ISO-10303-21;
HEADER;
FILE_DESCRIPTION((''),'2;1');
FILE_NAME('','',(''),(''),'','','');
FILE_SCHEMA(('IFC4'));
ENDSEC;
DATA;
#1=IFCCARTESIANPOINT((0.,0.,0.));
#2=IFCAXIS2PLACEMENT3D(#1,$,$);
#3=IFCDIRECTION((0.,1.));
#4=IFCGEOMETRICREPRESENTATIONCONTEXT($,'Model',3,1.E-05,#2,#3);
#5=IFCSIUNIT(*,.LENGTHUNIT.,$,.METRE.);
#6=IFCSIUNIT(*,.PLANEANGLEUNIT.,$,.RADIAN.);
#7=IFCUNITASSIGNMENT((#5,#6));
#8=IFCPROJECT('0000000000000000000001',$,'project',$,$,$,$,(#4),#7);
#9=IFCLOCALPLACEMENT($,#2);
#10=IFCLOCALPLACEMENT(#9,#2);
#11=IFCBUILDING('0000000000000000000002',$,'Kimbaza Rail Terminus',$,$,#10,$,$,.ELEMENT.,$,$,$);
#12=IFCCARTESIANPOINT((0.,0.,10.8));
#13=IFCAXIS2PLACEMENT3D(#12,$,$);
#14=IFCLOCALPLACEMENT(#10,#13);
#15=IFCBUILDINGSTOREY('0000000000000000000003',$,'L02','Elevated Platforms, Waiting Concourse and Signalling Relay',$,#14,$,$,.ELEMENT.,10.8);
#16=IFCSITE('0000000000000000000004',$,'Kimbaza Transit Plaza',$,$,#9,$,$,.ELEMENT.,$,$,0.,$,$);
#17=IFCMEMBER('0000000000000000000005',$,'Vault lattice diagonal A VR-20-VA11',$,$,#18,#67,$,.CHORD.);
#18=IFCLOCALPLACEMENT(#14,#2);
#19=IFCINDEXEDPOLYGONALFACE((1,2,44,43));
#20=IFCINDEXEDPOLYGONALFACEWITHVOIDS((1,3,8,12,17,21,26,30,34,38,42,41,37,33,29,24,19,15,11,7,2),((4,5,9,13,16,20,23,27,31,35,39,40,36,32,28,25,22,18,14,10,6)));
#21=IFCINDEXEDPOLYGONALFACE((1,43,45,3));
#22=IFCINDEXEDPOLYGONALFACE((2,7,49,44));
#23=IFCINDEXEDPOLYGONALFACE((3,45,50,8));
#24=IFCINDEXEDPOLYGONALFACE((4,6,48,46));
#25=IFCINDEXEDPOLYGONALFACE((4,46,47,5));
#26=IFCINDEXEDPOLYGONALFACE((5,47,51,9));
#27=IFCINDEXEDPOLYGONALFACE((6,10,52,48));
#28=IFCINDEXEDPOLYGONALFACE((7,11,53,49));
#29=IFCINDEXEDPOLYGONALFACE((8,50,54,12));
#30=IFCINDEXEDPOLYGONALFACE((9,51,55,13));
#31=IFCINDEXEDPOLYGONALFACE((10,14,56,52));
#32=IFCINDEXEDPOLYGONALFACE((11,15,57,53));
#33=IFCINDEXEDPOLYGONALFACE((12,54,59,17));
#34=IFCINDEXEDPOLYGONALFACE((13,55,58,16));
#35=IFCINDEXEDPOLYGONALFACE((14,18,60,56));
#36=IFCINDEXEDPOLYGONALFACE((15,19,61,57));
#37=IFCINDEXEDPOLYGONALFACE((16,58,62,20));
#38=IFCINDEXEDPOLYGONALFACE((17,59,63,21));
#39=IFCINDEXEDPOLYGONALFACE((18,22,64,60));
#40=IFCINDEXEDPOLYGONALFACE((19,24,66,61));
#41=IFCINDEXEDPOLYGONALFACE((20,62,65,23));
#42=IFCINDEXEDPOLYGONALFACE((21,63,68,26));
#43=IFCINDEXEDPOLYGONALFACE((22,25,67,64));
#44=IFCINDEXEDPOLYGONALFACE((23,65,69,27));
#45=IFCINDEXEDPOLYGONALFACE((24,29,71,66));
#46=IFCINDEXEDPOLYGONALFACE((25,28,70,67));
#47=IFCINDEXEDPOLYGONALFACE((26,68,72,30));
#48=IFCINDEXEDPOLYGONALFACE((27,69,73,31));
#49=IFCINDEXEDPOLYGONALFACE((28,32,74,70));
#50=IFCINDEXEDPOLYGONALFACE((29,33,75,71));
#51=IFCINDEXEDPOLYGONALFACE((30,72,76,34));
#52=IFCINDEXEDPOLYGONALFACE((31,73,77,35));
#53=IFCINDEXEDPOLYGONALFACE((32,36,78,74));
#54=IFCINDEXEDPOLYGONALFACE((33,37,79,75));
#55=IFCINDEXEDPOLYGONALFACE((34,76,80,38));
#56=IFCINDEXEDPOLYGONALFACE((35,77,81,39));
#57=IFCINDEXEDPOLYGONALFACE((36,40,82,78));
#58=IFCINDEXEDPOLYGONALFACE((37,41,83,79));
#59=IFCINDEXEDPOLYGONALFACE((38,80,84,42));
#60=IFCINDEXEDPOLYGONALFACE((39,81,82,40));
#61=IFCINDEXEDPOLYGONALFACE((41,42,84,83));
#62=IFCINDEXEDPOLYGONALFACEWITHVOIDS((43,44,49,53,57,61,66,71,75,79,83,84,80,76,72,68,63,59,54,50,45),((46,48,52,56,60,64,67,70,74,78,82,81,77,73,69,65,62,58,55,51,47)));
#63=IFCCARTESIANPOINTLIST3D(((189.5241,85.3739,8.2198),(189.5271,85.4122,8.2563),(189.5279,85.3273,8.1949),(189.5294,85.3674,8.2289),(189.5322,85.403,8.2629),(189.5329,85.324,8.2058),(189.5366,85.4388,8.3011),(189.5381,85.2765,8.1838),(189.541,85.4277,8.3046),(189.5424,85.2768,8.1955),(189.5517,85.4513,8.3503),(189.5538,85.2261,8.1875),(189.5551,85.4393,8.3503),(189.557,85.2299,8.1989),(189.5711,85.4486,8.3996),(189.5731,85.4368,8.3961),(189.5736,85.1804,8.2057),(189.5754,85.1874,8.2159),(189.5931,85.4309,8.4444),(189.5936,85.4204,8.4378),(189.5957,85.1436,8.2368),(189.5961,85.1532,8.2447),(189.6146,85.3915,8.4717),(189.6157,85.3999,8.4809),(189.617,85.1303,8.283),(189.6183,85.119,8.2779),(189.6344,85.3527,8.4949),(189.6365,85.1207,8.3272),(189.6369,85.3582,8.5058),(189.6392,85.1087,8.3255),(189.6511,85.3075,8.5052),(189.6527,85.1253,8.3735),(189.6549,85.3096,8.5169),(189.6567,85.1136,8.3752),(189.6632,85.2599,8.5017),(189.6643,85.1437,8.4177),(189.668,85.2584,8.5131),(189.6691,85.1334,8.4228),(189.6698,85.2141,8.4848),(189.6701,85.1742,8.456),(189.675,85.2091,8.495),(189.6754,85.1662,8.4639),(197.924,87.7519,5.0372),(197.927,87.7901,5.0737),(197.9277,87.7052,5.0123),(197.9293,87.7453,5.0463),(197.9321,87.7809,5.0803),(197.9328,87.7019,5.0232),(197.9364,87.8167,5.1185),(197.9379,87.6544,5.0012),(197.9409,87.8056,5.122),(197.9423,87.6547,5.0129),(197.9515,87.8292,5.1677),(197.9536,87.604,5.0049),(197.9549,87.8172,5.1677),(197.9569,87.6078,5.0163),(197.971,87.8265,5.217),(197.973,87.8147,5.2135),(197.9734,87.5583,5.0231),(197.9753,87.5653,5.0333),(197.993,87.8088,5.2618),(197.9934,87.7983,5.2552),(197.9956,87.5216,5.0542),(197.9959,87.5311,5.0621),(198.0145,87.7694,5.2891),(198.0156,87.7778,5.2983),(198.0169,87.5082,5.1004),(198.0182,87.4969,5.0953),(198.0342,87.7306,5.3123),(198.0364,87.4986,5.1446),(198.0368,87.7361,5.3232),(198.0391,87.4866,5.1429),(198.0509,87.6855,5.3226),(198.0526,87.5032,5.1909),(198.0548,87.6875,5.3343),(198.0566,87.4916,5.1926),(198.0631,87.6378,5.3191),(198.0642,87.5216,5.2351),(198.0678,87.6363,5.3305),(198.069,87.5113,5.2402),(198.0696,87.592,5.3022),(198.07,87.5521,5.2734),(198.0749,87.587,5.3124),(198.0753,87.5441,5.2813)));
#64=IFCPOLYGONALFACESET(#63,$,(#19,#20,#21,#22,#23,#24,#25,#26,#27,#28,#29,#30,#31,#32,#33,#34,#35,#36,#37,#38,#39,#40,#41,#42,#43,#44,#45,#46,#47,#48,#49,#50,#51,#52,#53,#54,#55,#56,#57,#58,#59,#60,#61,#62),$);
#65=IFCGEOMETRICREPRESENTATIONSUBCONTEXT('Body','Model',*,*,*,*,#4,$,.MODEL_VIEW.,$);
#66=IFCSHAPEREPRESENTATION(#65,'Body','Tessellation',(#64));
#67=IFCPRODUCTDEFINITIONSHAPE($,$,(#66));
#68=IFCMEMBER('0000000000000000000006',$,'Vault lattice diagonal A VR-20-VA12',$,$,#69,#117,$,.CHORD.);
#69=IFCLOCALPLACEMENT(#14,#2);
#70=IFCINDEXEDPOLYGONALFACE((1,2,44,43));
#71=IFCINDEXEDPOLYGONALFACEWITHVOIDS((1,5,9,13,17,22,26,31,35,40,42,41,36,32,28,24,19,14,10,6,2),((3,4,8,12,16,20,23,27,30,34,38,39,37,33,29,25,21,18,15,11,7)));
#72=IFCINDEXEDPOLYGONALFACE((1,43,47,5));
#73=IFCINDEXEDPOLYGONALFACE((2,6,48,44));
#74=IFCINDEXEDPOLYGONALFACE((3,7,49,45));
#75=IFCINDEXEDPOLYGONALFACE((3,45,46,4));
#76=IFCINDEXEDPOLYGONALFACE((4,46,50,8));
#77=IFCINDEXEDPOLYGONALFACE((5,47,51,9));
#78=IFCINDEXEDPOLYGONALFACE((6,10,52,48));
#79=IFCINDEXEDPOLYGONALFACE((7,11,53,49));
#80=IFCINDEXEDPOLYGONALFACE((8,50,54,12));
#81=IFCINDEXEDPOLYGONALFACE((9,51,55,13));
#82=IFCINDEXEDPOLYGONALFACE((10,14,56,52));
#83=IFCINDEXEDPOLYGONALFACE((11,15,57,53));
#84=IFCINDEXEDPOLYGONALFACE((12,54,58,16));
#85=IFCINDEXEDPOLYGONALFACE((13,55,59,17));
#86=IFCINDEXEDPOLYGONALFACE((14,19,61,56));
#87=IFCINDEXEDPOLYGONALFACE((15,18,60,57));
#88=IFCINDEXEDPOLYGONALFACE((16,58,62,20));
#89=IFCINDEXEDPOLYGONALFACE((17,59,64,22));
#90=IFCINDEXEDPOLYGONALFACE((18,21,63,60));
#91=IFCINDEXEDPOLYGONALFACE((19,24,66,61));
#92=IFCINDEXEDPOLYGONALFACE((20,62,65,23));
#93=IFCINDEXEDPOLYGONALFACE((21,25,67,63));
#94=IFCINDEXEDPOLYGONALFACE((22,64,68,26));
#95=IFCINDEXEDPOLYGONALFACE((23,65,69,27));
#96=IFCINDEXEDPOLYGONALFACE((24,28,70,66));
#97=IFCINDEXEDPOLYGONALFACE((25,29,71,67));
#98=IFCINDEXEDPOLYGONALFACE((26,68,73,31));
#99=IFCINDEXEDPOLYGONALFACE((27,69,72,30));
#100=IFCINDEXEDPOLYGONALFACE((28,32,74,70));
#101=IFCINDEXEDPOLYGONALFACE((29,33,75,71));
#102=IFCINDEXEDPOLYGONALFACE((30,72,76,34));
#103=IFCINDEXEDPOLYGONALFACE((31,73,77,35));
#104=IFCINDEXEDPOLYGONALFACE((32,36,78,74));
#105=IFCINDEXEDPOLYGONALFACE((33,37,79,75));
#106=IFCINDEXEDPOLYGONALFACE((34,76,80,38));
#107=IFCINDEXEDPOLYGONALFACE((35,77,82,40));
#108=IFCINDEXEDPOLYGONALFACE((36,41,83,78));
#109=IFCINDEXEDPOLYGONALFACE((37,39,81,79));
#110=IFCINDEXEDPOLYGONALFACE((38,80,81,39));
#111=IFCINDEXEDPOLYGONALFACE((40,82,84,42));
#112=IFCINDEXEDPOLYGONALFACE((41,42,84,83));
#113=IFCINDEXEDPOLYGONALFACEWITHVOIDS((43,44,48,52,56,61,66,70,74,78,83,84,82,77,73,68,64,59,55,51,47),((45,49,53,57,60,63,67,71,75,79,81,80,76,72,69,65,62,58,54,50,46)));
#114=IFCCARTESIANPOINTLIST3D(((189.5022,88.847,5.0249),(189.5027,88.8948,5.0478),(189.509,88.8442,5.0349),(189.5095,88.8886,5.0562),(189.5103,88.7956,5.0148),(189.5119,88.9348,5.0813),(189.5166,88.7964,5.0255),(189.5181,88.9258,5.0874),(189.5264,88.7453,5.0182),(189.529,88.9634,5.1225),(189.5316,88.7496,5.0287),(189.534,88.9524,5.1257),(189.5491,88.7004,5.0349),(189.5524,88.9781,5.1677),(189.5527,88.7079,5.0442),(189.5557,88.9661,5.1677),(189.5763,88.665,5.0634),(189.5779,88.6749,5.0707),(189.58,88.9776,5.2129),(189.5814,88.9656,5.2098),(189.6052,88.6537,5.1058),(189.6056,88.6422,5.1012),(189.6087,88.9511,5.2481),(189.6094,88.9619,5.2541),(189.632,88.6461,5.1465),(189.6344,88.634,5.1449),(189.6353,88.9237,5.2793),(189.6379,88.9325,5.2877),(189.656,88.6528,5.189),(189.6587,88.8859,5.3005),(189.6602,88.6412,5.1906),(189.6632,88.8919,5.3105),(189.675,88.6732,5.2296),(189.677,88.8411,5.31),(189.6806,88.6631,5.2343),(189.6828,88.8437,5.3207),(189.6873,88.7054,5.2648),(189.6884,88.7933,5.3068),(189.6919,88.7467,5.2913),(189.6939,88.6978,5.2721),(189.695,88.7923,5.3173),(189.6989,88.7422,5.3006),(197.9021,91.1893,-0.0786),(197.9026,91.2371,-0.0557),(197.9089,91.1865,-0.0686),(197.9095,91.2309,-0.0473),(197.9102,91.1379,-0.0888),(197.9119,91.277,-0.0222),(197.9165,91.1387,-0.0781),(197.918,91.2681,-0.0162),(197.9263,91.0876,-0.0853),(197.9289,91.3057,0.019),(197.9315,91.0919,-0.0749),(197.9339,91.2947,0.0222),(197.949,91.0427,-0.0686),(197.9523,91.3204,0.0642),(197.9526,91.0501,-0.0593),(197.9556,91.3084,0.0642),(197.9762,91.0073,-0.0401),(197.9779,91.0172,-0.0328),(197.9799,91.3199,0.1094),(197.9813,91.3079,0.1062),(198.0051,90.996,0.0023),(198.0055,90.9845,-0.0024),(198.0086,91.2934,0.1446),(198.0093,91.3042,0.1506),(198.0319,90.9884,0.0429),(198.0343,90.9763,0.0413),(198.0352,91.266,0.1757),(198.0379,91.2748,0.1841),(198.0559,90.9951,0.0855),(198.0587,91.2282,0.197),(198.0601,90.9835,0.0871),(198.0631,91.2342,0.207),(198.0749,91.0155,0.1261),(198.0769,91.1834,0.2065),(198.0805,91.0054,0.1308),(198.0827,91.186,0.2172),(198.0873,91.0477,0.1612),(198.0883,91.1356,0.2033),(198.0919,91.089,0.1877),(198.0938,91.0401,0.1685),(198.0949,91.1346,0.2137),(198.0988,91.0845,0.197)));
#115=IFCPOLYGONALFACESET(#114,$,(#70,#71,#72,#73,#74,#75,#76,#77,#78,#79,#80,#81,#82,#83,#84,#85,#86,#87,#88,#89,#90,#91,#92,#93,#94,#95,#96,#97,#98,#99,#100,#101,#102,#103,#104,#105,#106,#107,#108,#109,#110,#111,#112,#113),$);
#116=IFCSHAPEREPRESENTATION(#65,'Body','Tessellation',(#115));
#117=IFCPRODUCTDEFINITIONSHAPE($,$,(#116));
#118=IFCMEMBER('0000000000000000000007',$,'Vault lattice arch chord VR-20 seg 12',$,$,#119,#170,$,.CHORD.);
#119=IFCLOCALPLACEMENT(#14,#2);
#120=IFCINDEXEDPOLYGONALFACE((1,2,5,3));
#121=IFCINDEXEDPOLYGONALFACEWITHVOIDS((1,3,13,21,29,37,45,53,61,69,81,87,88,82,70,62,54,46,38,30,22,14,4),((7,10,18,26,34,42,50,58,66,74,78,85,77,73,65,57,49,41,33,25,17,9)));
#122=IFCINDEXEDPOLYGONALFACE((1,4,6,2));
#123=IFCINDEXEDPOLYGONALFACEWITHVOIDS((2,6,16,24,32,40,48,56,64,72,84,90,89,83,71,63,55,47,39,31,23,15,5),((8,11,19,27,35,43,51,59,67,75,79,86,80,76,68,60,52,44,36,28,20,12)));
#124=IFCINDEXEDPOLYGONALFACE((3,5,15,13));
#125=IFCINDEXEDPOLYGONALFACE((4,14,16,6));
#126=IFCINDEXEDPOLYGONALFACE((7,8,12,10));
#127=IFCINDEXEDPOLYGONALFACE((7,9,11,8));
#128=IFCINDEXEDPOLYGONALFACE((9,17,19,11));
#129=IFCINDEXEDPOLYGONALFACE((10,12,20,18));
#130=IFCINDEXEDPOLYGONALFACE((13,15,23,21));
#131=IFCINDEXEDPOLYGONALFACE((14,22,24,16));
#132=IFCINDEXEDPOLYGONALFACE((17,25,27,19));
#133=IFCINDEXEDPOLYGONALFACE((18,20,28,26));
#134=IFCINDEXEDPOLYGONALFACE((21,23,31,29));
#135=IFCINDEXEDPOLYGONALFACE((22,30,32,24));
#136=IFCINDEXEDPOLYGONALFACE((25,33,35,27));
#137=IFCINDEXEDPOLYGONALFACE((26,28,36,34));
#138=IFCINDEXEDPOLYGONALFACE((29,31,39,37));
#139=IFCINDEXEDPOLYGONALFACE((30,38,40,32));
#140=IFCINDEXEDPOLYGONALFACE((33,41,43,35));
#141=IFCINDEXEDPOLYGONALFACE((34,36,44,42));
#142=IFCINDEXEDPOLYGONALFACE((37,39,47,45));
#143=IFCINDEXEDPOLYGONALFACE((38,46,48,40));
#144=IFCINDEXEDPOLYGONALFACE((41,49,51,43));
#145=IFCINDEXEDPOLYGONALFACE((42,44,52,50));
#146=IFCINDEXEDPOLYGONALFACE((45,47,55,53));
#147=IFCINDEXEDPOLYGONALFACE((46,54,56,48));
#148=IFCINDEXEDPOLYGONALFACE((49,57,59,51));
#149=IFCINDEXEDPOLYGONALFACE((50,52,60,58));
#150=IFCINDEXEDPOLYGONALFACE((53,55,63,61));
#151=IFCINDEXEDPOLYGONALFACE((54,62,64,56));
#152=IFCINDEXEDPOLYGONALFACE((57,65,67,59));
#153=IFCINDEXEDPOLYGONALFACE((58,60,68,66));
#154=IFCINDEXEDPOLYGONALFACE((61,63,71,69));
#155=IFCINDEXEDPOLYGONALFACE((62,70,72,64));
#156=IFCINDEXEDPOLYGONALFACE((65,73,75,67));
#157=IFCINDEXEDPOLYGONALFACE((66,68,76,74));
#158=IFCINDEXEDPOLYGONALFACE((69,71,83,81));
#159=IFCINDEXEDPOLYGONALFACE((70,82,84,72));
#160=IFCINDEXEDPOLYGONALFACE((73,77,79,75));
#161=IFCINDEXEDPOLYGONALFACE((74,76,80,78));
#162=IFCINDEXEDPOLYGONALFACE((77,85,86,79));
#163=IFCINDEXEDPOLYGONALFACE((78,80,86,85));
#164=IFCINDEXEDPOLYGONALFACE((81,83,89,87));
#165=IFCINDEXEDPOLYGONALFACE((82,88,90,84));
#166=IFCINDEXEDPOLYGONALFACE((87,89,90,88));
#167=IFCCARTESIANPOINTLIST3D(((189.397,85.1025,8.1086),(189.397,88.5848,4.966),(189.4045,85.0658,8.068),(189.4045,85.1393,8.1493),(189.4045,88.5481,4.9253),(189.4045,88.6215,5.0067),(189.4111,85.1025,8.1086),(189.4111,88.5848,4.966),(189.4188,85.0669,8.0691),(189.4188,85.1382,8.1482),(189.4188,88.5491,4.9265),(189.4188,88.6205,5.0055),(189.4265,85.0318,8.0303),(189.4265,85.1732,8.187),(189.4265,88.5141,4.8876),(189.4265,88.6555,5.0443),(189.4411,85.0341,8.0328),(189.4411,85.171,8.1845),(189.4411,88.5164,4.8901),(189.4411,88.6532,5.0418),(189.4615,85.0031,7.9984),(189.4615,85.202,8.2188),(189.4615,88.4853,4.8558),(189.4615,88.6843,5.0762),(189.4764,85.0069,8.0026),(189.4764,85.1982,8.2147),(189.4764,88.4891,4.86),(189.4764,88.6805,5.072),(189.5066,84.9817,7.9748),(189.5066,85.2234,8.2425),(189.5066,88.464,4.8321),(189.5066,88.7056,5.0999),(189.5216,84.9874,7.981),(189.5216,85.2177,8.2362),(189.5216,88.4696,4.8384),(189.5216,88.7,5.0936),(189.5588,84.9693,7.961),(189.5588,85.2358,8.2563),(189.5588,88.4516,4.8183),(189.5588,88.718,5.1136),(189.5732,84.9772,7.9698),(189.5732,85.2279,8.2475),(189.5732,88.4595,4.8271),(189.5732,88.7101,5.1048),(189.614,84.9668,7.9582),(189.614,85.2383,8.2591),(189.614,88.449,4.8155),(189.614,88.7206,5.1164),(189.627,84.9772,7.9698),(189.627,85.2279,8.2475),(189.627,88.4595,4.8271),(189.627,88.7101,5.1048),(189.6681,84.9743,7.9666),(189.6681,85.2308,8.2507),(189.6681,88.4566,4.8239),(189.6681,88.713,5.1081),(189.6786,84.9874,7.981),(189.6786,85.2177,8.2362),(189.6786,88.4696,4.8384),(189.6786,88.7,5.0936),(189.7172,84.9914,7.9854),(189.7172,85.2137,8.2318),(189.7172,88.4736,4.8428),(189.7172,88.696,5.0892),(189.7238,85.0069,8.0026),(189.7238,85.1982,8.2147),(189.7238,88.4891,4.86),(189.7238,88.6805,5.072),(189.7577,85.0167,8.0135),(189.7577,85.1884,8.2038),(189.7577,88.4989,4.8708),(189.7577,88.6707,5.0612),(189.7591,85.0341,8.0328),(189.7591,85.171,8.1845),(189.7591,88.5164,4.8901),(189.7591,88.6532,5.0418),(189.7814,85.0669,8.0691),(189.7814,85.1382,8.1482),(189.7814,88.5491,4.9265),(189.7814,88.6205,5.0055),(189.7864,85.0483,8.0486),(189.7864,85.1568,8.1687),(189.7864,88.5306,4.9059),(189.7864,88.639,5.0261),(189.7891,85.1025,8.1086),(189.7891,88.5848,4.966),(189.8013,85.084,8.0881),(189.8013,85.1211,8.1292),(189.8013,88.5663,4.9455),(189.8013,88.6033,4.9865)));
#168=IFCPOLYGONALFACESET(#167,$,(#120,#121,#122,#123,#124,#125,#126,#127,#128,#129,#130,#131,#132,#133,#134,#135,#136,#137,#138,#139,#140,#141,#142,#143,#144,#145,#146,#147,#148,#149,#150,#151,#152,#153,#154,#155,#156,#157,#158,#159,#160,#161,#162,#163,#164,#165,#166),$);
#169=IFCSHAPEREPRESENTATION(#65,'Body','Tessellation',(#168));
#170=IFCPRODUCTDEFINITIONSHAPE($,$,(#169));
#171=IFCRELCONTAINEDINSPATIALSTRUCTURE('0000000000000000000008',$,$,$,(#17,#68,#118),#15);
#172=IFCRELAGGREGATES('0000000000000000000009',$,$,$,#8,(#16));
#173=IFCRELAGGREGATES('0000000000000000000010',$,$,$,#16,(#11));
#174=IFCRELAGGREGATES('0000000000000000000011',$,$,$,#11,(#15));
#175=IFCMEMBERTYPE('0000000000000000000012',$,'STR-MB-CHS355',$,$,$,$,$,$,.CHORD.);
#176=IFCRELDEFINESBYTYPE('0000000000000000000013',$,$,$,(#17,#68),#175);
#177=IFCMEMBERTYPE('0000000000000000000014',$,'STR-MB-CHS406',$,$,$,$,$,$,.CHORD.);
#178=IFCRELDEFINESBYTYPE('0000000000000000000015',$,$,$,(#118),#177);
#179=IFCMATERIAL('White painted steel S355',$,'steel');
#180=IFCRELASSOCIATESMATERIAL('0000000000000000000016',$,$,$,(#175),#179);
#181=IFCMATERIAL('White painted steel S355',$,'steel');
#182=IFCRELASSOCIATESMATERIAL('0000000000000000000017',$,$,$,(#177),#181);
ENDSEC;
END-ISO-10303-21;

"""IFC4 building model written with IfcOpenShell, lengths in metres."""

from ifc_helpers import new_model, si_unit, direction, frame, origin, origin_2d, place, context, subcontext, project, spatial, hollow_circle, extrude, material, material_profile, profile_set, type_object, element, save


model = new_model("IFC4")

# Units and contexts
model_context = context("Model", 3, precision=1e-05, world=origin(), true_north=direction((0.0, 1.0)))
body_context = subcontext(model_context, "Body", "Model", "MODEL_VIEW")
ifc_project = project(units=[si_unit("LENGTHUNIT", "METRE"), si_unit("PLANEANGLEUNIT", "RADIAN")], contexts=[model_context])

# Site, building, storey
site_placement = place(None, origin())
site = spatial("IfcSite", under=ifc_project, at=site_placement, Name="Kimbaza Transit Plaza", CompositionType="ELEMENT", RefElevation=0.0)
building_placement = place(site_placement, origin())
building = spatial("IfcBuilding", under=site, at=building_placement, Name="Kimbaza Rail Terminus", CompositionType="ELEMENT")
storey_placement = place(building_placement, frame((0.0, 0.0, 10.8)))
storey = spatial("IfcBuildingStorey", under=building, at=storey_placement, Name="L02", Description="Elevated Platforms, Waiting Concourse and Signalling Relay", CompositionType="ELEMENT", Elevation=10.8)

# Members
ifc_material_1 = material(Name="White painted steel S355", Category="steel")
ifc_material_profile_1 = material_profile(ifc_material_1, hollow_circle(Radius=0.1777, WallThickness=0.0125, at=origin_2d()), Name="CHS 355.6x12.5")
ifc_profile_set_1 = profile_set([ifc_material_profile_1], Name="White painted steel S355")
member_type_1 = type_object("IfcMemberType", Name="STR-MB-CHS355", PredefinedType="CHORD", material=ifc_profile_set_1)
member_1_placement = place(storey_placement, frame((189.6001, 85.2803, 8.3503), z_axis=(0.903989, 0.25591, -0.34251), x_axis=(-0.272386, 0.962188, 0.0)))
element("IfcMember", 1, at=member_1_placement, inside=storey, type_object=member_type_1, Name="Vault lattice diagonal A VR-20-VA11", PredefinedType="CHORD", context=body_context, shape_type="SweptSolid", body=[
    extrude(hollow_circle(Radius=0.1777, WallThickness=0.0125, at=origin_2d()), origin(), (0.0, 0.0, 1.0), 9.292),
])
member_2_placement = place(storey_placement, frame((189.6001, 88.8069, 5.1677), z_axis=(0.831345, 0.231818, -0.505099), x_axis=(-0.2686, 0.963252, 0.0)))
element("IfcMember", 2, at=member_2_placement, inside=storey, type_object=member_type_1, Name="Vault lattice diagonal A VR-20-VA12", PredefinedType="CHORD", context=body_context, shape_type="SweptSolid", body=[
    extrude(hollow_circle(Radius=0.1777, WallThickness=0.0125, at=origin_2d()), origin(), (0.0, 0.0, 1.0), 10.104),
])
ifc_material_2 = material(Name="White painted steel S355", Category="steel")
ifc_material_profile_2 = material_profile(ifc_material_2, hollow_circle(Radius=0.2031, WallThickness=0.0142, at=origin_2d()), Name="CHS 406.4x14.2")
ifc_profile_set_2 = profile_set([ifc_material_profile_2], Name="White painted steel S355")
member_type_2 = type_object("IfcMemberType", Name="STR-MB-CHS406", PredefinedType="CHORD", material=ifc_profile_set_2)
member_3_placement = place(storey_placement, frame((189.6001, 85.1025, 8.1086), z_axis=(0.0, 0.74238, -0.669979), x_axis=(-1.0, 0.0, 0.0)))
element("IfcMember", 3, at=member_3_placement, inside=storey, type_object=member_type_2, Name="Vault lattice arch chord VR-20 seg 12", PredefinedType="CHORD", context=body_context, shape_type="SweptSolid", body=[
    extrude(hollow_circle(Radius=0.2031, WallThickness=0.0142, at=origin_2d()), origin(), (0.0, 0.0, 1.0), 4.6907),
])

save(model, "model.ifc")
